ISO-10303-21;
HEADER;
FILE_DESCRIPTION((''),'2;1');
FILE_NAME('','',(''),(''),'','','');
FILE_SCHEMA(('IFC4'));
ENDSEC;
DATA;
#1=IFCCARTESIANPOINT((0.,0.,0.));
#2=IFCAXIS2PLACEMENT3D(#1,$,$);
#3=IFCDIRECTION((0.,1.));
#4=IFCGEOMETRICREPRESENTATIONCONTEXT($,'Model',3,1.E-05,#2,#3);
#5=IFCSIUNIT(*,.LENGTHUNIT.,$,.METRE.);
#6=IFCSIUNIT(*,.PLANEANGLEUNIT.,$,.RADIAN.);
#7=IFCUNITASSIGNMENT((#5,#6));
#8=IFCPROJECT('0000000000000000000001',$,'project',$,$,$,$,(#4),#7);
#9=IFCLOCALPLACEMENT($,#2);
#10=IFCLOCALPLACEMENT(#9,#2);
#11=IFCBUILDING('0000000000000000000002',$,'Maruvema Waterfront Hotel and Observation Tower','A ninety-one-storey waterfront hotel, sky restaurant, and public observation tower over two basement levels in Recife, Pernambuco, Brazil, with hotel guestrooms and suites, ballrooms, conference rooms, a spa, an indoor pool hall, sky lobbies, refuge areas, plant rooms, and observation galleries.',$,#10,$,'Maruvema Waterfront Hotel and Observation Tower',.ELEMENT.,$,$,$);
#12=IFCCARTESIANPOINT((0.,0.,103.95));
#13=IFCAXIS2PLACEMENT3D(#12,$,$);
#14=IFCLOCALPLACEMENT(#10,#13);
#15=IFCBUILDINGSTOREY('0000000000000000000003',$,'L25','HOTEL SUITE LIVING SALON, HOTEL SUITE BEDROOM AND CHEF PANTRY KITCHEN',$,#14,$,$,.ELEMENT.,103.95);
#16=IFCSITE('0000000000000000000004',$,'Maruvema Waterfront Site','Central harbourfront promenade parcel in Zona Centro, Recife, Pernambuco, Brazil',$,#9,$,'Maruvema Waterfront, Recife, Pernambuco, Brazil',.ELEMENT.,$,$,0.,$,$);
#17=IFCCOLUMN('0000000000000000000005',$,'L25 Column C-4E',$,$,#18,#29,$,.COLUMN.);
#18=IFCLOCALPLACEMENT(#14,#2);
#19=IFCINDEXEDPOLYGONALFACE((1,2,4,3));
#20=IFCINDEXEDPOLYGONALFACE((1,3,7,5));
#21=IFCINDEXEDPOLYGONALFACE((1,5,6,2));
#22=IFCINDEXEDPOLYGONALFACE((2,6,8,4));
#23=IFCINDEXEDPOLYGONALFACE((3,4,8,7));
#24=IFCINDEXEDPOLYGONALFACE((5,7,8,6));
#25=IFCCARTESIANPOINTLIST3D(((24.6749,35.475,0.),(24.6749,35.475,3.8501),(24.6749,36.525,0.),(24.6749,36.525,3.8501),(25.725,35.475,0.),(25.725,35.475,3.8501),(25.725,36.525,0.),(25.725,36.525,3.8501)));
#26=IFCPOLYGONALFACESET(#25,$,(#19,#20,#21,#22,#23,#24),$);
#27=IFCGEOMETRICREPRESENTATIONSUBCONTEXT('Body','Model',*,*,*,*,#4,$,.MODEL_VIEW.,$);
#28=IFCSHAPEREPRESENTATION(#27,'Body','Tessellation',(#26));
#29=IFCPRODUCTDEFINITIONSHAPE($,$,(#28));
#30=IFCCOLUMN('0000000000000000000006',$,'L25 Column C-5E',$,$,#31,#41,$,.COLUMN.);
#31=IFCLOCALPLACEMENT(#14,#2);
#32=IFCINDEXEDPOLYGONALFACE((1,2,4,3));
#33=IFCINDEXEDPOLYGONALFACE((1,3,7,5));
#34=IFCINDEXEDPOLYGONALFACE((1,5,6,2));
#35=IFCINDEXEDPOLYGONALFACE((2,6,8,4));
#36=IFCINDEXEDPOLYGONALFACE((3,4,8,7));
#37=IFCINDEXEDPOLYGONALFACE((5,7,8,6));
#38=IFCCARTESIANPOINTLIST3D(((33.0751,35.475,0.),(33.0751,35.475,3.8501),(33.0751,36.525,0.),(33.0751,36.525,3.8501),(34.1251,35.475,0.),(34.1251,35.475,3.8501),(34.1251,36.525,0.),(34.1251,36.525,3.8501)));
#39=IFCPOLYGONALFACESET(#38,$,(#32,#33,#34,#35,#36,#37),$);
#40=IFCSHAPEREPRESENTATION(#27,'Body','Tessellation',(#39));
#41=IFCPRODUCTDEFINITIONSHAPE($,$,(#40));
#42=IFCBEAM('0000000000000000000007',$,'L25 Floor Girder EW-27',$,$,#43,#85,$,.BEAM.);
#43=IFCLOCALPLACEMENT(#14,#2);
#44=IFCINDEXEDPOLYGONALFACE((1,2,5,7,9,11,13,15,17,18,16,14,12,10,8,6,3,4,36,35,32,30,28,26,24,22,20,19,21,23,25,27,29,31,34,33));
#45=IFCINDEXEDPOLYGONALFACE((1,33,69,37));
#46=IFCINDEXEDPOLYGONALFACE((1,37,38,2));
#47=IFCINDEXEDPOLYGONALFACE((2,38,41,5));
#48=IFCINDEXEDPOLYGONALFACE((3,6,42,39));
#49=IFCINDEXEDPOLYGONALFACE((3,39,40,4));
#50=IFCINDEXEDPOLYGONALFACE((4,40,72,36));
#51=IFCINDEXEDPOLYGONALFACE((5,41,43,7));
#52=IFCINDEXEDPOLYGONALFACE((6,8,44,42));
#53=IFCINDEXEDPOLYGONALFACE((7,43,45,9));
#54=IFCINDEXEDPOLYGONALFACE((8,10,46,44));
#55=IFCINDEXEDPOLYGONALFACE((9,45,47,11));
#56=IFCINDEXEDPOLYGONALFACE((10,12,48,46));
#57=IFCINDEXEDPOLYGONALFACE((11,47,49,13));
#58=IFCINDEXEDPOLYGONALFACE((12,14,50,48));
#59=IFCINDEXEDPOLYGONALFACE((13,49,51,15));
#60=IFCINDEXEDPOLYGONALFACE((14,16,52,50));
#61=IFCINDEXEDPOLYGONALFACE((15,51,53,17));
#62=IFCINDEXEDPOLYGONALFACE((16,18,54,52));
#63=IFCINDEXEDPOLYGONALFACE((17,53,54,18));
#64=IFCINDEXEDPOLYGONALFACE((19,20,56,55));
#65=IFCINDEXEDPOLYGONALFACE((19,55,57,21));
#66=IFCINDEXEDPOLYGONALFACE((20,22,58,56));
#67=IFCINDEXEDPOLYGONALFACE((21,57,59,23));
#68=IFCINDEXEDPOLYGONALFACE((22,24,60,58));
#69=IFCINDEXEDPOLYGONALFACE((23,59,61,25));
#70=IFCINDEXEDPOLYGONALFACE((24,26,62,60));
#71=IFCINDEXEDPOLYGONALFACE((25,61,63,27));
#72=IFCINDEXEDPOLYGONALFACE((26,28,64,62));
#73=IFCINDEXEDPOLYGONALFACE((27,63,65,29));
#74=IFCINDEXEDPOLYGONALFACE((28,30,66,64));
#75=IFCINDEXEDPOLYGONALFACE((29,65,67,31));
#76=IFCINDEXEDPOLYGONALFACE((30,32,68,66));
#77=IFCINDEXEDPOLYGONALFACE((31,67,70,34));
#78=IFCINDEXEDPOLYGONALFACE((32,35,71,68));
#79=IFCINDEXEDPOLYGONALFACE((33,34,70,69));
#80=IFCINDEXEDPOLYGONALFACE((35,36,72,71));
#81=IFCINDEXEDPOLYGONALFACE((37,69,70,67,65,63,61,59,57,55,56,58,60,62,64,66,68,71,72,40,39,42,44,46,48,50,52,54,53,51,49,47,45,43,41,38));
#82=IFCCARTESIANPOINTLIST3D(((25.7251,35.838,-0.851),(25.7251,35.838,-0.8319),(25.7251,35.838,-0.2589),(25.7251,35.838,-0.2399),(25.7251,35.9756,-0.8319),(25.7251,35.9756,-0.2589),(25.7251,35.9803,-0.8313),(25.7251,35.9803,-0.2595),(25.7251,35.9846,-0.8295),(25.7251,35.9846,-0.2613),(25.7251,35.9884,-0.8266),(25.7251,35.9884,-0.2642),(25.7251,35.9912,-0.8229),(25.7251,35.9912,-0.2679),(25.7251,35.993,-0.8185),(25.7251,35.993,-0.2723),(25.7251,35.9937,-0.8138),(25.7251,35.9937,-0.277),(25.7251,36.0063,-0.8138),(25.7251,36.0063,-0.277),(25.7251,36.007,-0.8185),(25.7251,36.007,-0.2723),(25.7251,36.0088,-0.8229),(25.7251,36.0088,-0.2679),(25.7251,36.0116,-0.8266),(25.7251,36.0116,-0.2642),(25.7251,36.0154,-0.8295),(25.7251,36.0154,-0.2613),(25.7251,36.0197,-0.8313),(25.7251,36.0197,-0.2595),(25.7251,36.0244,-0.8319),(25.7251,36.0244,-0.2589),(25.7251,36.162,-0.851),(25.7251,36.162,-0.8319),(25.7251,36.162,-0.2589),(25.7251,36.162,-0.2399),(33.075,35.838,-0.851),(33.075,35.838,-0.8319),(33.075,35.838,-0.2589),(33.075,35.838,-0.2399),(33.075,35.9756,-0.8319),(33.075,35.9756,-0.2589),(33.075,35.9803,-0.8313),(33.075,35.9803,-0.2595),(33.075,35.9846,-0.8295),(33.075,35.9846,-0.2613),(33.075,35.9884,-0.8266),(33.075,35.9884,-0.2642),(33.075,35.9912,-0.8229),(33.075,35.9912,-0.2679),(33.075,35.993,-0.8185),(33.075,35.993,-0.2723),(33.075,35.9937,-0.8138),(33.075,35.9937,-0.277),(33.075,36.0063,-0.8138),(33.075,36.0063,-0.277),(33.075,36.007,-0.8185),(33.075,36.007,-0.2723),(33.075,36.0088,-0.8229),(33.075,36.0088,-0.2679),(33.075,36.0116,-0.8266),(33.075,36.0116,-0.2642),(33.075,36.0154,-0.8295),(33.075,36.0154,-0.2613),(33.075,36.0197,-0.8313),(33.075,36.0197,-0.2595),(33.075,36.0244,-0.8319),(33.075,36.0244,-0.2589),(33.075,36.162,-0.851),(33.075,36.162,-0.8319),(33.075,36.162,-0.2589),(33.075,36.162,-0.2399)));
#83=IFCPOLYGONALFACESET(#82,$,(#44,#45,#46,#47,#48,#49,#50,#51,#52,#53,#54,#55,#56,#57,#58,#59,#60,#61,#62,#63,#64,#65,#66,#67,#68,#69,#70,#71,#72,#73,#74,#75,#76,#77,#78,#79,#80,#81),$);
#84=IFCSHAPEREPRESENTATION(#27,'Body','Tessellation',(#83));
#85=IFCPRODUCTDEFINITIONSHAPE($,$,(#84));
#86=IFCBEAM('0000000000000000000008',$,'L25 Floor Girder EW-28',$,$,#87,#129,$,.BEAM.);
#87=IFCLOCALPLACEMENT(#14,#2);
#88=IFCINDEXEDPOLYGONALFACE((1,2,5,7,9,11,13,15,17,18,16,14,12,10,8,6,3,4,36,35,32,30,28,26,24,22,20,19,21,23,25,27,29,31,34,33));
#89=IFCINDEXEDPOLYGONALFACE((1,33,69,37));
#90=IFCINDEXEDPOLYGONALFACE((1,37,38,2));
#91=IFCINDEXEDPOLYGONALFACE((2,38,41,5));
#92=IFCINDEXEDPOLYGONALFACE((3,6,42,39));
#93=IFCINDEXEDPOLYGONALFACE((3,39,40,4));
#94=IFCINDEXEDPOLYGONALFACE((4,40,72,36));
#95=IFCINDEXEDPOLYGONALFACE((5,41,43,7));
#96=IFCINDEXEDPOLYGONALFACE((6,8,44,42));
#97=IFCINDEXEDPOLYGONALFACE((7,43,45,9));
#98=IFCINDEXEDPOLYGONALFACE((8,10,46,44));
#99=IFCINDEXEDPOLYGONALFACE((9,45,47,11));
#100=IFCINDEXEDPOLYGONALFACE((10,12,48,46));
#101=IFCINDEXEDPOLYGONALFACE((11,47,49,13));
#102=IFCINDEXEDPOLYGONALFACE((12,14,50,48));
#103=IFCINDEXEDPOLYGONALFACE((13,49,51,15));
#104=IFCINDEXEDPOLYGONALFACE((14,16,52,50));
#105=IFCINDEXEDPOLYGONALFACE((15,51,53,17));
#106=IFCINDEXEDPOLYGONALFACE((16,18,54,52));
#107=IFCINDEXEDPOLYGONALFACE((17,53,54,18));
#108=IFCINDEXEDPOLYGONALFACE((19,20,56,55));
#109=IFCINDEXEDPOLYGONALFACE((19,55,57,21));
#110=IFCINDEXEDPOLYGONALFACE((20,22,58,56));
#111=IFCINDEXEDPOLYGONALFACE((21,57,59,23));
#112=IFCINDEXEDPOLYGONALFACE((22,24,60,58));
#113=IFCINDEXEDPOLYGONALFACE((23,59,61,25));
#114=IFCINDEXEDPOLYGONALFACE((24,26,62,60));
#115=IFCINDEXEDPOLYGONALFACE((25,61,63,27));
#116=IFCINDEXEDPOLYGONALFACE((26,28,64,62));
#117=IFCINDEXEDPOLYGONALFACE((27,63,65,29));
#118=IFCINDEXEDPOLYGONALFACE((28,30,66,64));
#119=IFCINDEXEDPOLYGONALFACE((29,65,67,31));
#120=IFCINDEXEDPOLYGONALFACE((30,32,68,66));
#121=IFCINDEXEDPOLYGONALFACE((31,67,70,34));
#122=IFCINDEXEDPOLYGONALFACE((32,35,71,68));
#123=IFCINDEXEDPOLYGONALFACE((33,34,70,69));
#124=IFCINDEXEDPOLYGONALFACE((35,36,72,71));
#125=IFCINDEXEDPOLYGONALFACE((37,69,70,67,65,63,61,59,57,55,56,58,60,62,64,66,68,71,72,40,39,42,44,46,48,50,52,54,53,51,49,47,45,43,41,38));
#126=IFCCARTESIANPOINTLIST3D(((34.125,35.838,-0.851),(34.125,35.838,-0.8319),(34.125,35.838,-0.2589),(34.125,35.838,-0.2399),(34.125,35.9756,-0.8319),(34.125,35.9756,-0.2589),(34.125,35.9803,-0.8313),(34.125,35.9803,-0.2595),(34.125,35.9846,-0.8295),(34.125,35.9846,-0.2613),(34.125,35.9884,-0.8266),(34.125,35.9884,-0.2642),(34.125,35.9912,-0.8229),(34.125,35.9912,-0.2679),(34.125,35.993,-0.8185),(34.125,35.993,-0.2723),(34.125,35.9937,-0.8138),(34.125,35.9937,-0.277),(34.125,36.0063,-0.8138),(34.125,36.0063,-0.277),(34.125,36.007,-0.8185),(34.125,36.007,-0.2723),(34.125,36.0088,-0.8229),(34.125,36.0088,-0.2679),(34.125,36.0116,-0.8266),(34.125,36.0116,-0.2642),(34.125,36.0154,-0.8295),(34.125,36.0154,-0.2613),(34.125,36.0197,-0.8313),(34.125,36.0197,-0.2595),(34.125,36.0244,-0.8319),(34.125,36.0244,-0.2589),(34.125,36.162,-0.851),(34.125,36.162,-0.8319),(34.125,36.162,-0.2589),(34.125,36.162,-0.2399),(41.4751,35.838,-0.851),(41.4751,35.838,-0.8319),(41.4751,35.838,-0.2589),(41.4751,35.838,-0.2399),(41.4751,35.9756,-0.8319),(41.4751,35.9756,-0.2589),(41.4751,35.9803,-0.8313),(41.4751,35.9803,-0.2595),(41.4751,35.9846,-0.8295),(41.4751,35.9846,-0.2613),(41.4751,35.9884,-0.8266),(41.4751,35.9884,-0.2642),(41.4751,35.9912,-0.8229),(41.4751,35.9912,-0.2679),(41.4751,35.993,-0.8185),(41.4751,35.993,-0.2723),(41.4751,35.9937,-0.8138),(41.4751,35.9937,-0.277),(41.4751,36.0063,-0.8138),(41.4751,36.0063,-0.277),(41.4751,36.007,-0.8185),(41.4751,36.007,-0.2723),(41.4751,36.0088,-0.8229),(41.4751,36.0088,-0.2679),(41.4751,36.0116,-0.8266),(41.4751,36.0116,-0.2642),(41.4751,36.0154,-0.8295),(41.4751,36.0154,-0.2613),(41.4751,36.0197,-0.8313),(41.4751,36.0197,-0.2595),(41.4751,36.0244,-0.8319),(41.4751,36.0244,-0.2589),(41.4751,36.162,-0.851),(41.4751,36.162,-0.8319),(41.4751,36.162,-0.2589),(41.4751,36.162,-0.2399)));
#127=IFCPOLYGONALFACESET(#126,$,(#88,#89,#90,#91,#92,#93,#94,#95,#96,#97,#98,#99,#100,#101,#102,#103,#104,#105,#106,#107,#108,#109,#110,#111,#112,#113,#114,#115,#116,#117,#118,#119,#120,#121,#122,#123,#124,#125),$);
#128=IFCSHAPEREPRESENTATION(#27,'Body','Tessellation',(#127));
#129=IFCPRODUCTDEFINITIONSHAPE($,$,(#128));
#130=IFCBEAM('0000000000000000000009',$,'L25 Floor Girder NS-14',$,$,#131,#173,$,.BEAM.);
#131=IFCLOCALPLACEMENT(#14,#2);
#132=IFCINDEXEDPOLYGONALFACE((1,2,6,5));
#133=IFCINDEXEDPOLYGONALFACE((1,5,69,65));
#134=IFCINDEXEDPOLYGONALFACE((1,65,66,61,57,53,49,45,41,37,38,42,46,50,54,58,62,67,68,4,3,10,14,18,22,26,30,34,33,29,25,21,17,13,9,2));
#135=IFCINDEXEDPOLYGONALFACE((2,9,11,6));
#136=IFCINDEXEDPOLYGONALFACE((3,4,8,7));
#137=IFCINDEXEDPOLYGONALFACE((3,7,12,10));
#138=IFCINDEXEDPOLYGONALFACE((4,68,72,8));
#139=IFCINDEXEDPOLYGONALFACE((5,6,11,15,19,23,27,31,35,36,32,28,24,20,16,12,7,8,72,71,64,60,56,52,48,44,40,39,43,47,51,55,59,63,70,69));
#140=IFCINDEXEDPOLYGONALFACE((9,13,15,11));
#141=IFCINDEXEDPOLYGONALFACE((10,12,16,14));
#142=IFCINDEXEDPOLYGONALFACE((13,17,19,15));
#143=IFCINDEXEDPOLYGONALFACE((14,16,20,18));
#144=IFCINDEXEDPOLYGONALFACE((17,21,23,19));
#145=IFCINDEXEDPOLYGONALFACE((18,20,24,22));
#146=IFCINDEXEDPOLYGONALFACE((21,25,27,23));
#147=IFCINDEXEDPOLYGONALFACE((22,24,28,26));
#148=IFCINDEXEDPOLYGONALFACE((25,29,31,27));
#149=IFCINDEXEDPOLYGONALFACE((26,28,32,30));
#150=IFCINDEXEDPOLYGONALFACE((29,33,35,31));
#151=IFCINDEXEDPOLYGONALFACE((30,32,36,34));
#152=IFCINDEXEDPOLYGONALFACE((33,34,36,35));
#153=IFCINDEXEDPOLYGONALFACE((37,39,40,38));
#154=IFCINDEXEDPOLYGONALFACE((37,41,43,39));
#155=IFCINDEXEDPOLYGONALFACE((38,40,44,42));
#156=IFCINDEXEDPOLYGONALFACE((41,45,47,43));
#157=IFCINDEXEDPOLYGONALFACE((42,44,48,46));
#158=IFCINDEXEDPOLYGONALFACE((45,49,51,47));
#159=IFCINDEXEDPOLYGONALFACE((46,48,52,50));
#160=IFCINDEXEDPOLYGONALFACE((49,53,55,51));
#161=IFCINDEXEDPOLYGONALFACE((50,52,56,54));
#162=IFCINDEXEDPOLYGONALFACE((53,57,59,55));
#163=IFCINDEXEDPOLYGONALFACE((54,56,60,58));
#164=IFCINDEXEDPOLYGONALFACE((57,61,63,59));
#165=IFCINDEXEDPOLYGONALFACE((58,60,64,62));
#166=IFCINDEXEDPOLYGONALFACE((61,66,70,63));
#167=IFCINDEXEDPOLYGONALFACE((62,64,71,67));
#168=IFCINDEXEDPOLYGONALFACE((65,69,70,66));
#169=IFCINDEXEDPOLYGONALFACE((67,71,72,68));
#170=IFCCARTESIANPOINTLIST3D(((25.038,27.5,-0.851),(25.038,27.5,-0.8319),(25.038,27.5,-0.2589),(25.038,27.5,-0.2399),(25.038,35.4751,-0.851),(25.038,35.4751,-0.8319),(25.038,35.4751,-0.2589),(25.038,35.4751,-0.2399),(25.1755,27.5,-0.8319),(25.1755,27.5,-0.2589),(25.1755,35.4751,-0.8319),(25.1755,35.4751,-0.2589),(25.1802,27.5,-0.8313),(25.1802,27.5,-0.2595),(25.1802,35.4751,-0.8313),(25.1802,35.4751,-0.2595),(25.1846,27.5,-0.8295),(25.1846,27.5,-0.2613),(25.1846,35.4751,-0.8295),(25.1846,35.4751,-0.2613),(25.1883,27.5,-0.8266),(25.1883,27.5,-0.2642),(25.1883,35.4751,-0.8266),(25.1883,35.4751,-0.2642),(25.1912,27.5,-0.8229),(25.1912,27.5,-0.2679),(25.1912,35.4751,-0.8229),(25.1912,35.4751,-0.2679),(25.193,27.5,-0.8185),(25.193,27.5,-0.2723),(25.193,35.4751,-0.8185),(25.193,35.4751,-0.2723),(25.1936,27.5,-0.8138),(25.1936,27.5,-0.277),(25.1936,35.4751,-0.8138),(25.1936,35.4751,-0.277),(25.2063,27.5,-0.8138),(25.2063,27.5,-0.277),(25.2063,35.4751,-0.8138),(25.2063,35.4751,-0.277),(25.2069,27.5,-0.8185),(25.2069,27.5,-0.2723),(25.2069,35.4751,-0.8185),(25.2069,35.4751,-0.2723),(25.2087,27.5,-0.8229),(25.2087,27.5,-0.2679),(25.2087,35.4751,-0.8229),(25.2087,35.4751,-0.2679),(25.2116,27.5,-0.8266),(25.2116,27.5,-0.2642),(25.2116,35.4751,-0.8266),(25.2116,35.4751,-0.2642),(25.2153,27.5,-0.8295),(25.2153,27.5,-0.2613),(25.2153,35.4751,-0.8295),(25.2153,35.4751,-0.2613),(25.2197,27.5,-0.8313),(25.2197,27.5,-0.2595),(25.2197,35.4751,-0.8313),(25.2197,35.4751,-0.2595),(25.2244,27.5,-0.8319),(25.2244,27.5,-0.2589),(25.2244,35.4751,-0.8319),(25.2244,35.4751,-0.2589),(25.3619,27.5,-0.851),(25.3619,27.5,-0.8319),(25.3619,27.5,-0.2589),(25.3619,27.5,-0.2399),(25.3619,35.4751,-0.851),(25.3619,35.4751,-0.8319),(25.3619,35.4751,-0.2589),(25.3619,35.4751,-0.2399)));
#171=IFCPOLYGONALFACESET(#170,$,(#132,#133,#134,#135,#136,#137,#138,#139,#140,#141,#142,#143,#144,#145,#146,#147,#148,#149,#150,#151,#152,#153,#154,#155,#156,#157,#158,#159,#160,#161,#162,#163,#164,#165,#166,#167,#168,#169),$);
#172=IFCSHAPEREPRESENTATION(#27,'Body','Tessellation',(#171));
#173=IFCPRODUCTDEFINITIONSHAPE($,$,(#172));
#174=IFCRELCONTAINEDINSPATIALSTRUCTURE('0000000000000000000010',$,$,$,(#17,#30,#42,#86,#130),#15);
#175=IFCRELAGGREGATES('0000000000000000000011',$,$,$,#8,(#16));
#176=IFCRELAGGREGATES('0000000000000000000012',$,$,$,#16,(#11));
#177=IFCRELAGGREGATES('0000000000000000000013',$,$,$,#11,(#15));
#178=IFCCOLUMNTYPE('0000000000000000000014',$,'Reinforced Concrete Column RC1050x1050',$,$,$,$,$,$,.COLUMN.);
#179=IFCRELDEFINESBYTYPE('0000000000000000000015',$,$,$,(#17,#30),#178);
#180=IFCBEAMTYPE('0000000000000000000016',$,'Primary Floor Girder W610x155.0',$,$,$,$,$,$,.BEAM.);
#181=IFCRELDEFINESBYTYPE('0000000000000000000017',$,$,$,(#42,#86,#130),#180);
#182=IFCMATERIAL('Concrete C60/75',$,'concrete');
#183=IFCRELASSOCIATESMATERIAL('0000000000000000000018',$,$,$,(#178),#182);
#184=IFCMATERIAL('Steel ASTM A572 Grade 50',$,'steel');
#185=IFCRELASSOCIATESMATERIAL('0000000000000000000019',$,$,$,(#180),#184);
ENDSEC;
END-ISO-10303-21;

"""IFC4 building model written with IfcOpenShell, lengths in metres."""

from ifc_helpers import new_model, si_unit, direction, frame, origin, origin_2d, place, context, subcontext, project, spatial, rectangle, i_section, extrude, material, material_profile, profile_set, type_object, element, save


model = new_model("IFC4")

# Units and contexts
model_context = context("Model", 3, precision=1e-05, world=origin(), true_north=direction((0.0, 1.0)))
body_context = subcontext(model_context, "Body", "Model", "MODEL_VIEW")
ifc_project = project(units=[si_unit("LENGTHUNIT", "METRE"), si_unit("PLANEANGLEUNIT", "RADIAN")], contexts=[model_context])

# Site, building, storey
site_placement = place(None, origin())
site = spatial("IfcSite", under=ifc_project, at=site_placement, Name="Maruvema Waterfront Site", Description="Central harbourfront promenade parcel in Zona Centro, Recife, Pernambuco, Brazil", LongName="Maruvema Waterfront, Recife, Pernambuco, Brazil", CompositionType="ELEMENT", RefElevation=0.0)
building_placement = place(site_placement, origin())
building = spatial("IfcBuilding", under=site, at=building_placement, Name="Maruvema Waterfront Hotel and Observation Tower", Description="A ninety-one-storey waterfront hotel, sky restaurant, and public observation tower over two basement levels in Recife, Pernambuco, Brazil, with hotel guestrooms and suites, ballrooms, conference rooms, a spa, an indoor pool hall, sky lobbies, refuge areas, plant rooms, and observation galleries.", LongName="Maruvema Waterfront Hotel and Observation Tower", CompositionType="ELEMENT")
storey_placement = place(building_placement, frame((0.0, 0.0, 103.95)))
storey = spatial("IfcBuildingStorey", under=building, at=storey_placement, Name="L25", Description="HOTEL SUITE LIVING SALON, HOTEL SUITE BEDROOM AND CHEF PANTRY KITCHEN", CompositionType="ELEMENT", Elevation=103.95)

# Columns
ifc_material_1 = material(Name="Concrete C60/75", Category="concrete")
ifc_material_profile_1 = material_profile(ifc_material_1, rectangle(XDim=1.05, YDim=1.05, at=origin_2d()), Name="RC1050x1050")
ifc_profile_set_1 = profile_set([ifc_material_profile_1], Name="Concrete C60/75")
column_type = type_object("IfcColumnType", Name="Reinforced Concrete Column RC1050x1050", PredefinedType="COLUMN", material=ifc_profile_set_1)
for number, where, z_axis, x_axis, name in (
    (1, (25.2, 36.0, 0.0), (0.0, 0.0, 1.0), (1.0, 0.0, 0.0), "L25 Column C-4E"),
    (2, (33.6001, 36.0, 0.0), (0.0, 0.0, 1.0), (1.0, 0.0, 0.0), "L25 Column C-5E"),
):
    element("IfcColumn", number, at=place(storey_placement, frame(where, z_axis=z_axis, x_axis=x_axis)), inside=storey, type_object=column_type, Name=name, PredefinedType="COLUMN", context=body_context, shape_type="SweptSolid", body=[
        extrude(rectangle(XDim=1.05, YDim=1.05, at=origin_2d()), origin(), (0.0, 0.0, 1.0), 3.8501),
    ])

# Beams
ifc_material_2 = material(Name="Steel ASTM A572 Grade 50", Category="steel")
ifc_material_profile_2 = material_profile(ifc_material_2, i_section(OverallWidth=0.324, OverallDepth=0.6111, WebThickness=0.0127, FlangeThickness=0.019, FilletRadius=0.0181, at=origin_2d()), Name="W610x155.0")
ifc_profile_set_2 = profile_set([ifc_material_profile_2], Name="Steel ASTM A572 Grade 50")
beam_type_1 = type_object("IfcBeamType", Name="Primary Floor Girder W610x155.0", PredefinedType="BEAM", material=ifc_profile_set_2)
beam_1_placement = place(storey_placement, frame((25.7251, 36.0, -0.5454), z_axis=(1.0, 0.0, 0.0), x_axis=(0.0, 1.0, 0.0)))
element("IfcBeam", 3, at=beam_1_placement, inside=storey, type_object=beam_type_1, Name="L25 Floor Girder EW-27", PredefinedType="BEAM", context=body_context, shape_type="SweptSolid", body=[
    extrude(i_section(OverallWidth=0.324, OverallDepth=0.6111, WebThickness=0.0127, FlangeThickness=0.019, FilletRadius=0.0181, at=origin_2d()), origin(), (0.0, 0.0, 1.0), 7.3499),
])
beam_2_placement = place(storey_placement, frame((34.125, 36.0, -0.5454), z_axis=(1.0, 0.0, 0.0), x_axis=(0.0, 1.0, 0.0)))
element("IfcBeam", 4, at=beam_2_placement, inside=storey, type_object=beam_type_1, Name="L25 Floor Girder EW-28", PredefinedType="BEAM", context=body_context, shape_type="SweptSolid", body=[
    extrude(i_section(OverallWidth=0.324, OverallDepth=0.6111, WebThickness=0.0127, FlangeThickness=0.019, FilletRadius=0.0181, at=origin_2d()), origin(), (0.0, 0.0, 1.0), 7.3501),
])
for number, where, z_axis, x_axis, name in (
    (5, (25.2, 27.5, -0.5454), (0.0, 1.0, 0.0), (-1.0, 0.0, 0.0), "L25 Floor Girder NS-14"),
):
    element("IfcBeam", number, at=place(storey_placement, frame(where, z_axis=z_axis, x_axis=x_axis)), inside=storey, type_object=beam_type_1, Name=name, PredefinedType="BEAM", context=body_context, shape_type="SweptSolid", body=[
        extrude(i_section(OverallWidth=0.324, OverallDepth=0.6111, WebThickness=0.0127, FlangeThickness=0.019, FilletRadius=0.0181, at=origin_2d()), origin(), (0.0, 0.0, 1.0), 7.9751),
    ])

save(model, "model.ifc")
